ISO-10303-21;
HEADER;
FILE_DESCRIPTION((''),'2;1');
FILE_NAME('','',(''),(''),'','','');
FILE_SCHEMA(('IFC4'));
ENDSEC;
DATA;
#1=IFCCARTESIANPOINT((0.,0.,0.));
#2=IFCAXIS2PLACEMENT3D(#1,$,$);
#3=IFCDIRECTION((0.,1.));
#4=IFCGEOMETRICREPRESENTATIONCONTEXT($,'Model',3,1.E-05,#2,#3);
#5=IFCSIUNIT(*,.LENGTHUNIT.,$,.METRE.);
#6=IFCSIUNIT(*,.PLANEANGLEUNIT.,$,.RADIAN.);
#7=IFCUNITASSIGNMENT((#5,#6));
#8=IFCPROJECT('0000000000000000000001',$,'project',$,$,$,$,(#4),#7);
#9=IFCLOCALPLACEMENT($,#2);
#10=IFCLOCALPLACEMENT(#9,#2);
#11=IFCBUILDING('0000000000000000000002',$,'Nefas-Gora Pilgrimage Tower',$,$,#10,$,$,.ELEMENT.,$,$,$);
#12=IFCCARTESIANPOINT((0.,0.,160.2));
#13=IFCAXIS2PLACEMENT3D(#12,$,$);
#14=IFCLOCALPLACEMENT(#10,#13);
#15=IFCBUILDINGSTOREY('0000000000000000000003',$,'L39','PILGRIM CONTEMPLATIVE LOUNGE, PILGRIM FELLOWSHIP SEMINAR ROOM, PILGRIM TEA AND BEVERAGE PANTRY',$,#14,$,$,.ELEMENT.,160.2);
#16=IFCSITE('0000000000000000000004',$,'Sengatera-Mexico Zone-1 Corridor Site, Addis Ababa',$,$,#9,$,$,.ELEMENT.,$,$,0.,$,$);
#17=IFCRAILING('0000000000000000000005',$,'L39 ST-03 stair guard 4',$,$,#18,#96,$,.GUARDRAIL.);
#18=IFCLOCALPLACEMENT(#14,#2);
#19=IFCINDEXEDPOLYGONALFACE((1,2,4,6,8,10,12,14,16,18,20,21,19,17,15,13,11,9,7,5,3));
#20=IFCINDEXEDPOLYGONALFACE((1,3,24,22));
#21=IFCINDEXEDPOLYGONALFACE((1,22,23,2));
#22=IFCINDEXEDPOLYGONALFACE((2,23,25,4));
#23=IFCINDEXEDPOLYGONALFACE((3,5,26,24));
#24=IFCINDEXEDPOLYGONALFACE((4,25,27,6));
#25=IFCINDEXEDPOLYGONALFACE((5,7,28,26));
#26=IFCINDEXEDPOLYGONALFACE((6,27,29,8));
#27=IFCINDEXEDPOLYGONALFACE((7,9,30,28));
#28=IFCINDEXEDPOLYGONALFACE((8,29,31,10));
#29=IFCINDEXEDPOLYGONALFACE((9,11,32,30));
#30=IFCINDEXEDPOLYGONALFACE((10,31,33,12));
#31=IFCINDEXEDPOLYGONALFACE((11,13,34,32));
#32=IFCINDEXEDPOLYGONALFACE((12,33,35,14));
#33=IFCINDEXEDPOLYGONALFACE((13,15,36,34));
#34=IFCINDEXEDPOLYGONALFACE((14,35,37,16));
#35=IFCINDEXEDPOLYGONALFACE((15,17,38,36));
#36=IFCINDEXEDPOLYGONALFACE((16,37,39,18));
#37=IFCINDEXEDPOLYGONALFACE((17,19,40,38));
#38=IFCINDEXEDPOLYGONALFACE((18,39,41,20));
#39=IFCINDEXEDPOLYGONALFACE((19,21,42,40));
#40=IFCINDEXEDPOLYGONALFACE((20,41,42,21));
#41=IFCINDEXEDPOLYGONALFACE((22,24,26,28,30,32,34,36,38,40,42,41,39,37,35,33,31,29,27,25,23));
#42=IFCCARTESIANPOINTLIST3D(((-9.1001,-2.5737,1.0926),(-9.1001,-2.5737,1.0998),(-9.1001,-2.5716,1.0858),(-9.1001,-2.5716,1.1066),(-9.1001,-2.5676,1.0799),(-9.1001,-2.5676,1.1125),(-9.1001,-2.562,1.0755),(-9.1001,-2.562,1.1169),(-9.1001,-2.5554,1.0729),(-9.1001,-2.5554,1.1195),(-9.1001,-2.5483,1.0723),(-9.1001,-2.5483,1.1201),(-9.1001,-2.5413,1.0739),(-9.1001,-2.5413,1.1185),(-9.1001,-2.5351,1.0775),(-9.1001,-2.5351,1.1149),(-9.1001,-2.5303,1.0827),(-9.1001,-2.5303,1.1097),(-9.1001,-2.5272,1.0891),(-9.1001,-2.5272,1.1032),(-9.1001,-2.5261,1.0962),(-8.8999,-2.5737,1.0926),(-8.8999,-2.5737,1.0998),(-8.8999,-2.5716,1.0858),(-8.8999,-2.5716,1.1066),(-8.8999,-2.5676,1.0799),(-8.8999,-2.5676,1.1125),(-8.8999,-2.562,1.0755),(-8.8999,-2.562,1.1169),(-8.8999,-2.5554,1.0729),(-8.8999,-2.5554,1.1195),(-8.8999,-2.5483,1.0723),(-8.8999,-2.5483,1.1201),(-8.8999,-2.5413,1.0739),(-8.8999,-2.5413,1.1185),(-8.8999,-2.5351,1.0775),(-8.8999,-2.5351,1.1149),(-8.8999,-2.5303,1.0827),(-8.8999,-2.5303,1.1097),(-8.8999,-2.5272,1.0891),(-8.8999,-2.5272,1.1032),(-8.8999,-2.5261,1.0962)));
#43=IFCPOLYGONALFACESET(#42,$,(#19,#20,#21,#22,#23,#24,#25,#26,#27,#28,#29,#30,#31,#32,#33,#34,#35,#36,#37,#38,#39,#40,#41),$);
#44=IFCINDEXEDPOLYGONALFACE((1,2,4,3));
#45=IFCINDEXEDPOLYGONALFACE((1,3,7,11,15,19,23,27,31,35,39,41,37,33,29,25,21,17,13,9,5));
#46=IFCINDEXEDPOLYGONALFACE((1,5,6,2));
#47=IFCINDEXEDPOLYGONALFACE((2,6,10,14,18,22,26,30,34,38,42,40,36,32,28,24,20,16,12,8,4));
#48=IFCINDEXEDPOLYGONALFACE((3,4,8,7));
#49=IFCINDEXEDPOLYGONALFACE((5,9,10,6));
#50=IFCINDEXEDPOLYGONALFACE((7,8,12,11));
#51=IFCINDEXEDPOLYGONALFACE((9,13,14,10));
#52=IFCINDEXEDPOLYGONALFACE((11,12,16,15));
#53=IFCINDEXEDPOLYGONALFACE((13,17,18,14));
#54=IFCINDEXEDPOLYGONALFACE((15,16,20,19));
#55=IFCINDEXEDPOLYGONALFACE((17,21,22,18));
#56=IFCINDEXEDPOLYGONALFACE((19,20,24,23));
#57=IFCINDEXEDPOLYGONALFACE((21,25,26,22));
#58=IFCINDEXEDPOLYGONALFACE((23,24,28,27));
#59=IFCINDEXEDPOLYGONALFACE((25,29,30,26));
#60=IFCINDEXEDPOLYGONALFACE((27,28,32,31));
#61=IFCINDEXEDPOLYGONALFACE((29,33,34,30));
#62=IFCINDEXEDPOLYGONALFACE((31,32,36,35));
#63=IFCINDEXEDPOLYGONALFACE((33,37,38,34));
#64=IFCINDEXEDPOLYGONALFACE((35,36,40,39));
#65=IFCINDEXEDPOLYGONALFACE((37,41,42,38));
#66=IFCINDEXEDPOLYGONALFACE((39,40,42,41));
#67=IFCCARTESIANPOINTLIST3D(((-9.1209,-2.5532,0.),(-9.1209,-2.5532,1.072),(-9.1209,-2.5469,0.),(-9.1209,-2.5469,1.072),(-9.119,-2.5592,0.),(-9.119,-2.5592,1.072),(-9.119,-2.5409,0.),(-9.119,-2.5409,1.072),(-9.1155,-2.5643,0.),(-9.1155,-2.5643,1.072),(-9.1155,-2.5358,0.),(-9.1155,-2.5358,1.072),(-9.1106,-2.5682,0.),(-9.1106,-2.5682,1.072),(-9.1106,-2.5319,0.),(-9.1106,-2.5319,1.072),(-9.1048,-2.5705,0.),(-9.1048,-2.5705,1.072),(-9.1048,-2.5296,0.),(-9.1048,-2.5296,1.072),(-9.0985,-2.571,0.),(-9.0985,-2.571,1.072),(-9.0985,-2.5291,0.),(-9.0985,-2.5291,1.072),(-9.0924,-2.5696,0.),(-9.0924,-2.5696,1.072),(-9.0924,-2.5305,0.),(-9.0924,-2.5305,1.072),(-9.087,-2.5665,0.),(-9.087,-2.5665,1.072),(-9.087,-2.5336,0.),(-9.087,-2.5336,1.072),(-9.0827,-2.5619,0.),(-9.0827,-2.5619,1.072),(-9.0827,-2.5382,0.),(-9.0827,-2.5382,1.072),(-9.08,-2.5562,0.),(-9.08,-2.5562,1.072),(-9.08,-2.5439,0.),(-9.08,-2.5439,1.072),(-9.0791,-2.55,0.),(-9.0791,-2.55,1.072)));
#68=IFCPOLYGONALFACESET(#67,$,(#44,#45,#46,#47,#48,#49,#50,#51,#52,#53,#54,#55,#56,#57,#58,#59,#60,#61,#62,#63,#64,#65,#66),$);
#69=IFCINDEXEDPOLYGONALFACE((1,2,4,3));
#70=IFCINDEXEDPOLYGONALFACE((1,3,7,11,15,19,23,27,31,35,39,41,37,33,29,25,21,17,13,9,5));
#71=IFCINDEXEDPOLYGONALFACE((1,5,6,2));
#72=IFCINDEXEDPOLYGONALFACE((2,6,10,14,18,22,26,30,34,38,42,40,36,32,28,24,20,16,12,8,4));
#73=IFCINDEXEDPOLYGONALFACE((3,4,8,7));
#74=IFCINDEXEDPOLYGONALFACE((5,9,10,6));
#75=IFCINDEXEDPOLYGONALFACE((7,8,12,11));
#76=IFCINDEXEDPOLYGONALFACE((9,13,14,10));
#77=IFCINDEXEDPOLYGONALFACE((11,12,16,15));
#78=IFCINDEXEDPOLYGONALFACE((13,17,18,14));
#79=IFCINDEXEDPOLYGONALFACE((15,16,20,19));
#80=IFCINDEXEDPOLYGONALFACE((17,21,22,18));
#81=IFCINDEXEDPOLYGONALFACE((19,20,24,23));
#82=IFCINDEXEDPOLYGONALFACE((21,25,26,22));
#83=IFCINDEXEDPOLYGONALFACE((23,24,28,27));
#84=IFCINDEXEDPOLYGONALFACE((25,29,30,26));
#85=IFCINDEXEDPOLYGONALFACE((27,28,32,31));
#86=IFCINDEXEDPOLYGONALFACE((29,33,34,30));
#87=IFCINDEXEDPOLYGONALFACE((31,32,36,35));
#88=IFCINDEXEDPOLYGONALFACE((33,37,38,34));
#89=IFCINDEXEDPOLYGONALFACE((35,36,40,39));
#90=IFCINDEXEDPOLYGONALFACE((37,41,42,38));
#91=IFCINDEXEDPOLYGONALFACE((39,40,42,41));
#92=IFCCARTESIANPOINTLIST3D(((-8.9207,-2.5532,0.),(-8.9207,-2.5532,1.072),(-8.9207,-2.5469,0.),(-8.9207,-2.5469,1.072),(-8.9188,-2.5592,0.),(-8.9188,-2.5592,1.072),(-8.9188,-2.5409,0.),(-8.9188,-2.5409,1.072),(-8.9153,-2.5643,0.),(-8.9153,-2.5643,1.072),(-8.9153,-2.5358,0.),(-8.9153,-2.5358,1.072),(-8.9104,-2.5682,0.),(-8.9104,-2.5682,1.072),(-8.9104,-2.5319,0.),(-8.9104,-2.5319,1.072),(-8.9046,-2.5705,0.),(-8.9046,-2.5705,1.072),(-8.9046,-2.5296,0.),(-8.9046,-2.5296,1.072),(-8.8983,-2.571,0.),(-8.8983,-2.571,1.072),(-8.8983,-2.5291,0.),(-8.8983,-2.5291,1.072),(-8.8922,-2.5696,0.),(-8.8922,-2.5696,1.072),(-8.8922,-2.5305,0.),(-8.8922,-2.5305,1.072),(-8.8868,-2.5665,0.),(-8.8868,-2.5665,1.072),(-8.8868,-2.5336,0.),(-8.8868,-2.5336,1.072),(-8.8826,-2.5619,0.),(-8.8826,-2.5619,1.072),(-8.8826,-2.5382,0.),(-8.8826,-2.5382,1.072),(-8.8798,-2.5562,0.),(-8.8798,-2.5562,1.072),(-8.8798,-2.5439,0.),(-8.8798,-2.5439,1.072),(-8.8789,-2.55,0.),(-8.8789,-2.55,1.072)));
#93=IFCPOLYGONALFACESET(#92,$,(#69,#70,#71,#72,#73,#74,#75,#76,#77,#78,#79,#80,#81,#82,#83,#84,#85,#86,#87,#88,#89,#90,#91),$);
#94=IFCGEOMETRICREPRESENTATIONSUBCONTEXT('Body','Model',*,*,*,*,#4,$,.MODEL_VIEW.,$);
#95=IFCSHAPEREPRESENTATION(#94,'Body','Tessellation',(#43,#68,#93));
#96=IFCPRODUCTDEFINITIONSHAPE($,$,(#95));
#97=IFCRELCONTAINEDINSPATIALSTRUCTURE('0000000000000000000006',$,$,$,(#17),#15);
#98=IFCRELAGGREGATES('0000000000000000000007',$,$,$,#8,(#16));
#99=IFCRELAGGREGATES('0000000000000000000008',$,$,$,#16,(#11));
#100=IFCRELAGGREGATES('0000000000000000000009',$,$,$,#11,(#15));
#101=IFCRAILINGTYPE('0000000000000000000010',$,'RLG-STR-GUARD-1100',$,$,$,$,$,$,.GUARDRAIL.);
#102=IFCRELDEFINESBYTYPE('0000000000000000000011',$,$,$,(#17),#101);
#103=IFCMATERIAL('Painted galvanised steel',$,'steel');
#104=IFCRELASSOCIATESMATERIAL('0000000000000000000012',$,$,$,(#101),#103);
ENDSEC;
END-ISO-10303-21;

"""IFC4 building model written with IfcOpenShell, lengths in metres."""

from ifc_helpers import new_model, si_unit, direction, frame, origin, origin_2d, place, context, subcontext, project, spatial, circle, extrude, material, type_object, element, save


model = new_model("IFC4")

# Units and contexts
model_context = context("Model", 3, precision=1e-05, world=origin(), true_north=direction((0.0, 1.0)))
body_context = subcontext(model_context, "Body", "Model", "MODEL_VIEW")
ifc_project = project(units=[si_unit("LENGTHUNIT", "METRE"), si_unit("PLANEANGLEUNIT", "RADIAN")], contexts=[model_context])

# Site, building, storey
site_placement = place(None, origin())
site = spatial("IfcSite", under=ifc_project, at=site_placement, Name="Sengatera-Mexico Zone-1 Corridor Site, Addis Ababa", CompositionType="ELEMENT", RefElevation=0.0)
building_placement = place(site_placement, origin())
building = spatial("IfcBuilding", under=site, at=building_placement, Name="Nefas-Gora Pilgrimage Tower", CompositionType="ELEMENT")
storey_placement = place(building_placement, frame((0.0, 0.0, 160.2)))
storey = spatial("IfcBuildingStorey", under=building, at=storey_placement, Name="L39", Description="PILGRIM CONTEMPLATIVE LOUNGE, PILGRIM FELLOWSHIP SEMINAR ROOM, PILGRIM TEA AND BEVERAGE PANTRY", CompositionType="ELEMENT", Elevation=160.2)

# Railing
ifc_material_1 = material(Name="Painted galvanised steel", Category="steel")
railing_type_1 = type_object("IfcRailingType", Name="RLG-STR-GUARD-1100", PredefinedType="GUARDRAIL", material=ifc_material_1)
railing_1_placement = place(storey_placement, frame((-9.1001, -2.55, 0.0)))
element("IfcRailing", 1, at=railing_1_placement, inside=storey, type_object=railing_type_1, Name="L39 ST-03 stair guard 4", PredefinedType="GUARDRAIL", context=body_context, shape_type="SweptSolid", body=[
    extrude(circle(Radius=0.0239, at=origin_2d()), frame((0.0, 0.0, 1.0962), z_axis=(1.0, 0.0, 0.0), x_axis=(0.0, 1.0, 0.0)), (0.0, 0.0, 1.0), 0.2002),
    extrude(circle(Radius=0.021, at=origin_2d()), origin(), (0.0, 0.0, 1.0), 1.072),
    extrude(circle(Radius=0.021, at=origin_2d()), frame((0.2002, 0.0, 0.0)), (0.0, 0.0, 1.0), 1.072),
])

save(model, "model.ifc")
